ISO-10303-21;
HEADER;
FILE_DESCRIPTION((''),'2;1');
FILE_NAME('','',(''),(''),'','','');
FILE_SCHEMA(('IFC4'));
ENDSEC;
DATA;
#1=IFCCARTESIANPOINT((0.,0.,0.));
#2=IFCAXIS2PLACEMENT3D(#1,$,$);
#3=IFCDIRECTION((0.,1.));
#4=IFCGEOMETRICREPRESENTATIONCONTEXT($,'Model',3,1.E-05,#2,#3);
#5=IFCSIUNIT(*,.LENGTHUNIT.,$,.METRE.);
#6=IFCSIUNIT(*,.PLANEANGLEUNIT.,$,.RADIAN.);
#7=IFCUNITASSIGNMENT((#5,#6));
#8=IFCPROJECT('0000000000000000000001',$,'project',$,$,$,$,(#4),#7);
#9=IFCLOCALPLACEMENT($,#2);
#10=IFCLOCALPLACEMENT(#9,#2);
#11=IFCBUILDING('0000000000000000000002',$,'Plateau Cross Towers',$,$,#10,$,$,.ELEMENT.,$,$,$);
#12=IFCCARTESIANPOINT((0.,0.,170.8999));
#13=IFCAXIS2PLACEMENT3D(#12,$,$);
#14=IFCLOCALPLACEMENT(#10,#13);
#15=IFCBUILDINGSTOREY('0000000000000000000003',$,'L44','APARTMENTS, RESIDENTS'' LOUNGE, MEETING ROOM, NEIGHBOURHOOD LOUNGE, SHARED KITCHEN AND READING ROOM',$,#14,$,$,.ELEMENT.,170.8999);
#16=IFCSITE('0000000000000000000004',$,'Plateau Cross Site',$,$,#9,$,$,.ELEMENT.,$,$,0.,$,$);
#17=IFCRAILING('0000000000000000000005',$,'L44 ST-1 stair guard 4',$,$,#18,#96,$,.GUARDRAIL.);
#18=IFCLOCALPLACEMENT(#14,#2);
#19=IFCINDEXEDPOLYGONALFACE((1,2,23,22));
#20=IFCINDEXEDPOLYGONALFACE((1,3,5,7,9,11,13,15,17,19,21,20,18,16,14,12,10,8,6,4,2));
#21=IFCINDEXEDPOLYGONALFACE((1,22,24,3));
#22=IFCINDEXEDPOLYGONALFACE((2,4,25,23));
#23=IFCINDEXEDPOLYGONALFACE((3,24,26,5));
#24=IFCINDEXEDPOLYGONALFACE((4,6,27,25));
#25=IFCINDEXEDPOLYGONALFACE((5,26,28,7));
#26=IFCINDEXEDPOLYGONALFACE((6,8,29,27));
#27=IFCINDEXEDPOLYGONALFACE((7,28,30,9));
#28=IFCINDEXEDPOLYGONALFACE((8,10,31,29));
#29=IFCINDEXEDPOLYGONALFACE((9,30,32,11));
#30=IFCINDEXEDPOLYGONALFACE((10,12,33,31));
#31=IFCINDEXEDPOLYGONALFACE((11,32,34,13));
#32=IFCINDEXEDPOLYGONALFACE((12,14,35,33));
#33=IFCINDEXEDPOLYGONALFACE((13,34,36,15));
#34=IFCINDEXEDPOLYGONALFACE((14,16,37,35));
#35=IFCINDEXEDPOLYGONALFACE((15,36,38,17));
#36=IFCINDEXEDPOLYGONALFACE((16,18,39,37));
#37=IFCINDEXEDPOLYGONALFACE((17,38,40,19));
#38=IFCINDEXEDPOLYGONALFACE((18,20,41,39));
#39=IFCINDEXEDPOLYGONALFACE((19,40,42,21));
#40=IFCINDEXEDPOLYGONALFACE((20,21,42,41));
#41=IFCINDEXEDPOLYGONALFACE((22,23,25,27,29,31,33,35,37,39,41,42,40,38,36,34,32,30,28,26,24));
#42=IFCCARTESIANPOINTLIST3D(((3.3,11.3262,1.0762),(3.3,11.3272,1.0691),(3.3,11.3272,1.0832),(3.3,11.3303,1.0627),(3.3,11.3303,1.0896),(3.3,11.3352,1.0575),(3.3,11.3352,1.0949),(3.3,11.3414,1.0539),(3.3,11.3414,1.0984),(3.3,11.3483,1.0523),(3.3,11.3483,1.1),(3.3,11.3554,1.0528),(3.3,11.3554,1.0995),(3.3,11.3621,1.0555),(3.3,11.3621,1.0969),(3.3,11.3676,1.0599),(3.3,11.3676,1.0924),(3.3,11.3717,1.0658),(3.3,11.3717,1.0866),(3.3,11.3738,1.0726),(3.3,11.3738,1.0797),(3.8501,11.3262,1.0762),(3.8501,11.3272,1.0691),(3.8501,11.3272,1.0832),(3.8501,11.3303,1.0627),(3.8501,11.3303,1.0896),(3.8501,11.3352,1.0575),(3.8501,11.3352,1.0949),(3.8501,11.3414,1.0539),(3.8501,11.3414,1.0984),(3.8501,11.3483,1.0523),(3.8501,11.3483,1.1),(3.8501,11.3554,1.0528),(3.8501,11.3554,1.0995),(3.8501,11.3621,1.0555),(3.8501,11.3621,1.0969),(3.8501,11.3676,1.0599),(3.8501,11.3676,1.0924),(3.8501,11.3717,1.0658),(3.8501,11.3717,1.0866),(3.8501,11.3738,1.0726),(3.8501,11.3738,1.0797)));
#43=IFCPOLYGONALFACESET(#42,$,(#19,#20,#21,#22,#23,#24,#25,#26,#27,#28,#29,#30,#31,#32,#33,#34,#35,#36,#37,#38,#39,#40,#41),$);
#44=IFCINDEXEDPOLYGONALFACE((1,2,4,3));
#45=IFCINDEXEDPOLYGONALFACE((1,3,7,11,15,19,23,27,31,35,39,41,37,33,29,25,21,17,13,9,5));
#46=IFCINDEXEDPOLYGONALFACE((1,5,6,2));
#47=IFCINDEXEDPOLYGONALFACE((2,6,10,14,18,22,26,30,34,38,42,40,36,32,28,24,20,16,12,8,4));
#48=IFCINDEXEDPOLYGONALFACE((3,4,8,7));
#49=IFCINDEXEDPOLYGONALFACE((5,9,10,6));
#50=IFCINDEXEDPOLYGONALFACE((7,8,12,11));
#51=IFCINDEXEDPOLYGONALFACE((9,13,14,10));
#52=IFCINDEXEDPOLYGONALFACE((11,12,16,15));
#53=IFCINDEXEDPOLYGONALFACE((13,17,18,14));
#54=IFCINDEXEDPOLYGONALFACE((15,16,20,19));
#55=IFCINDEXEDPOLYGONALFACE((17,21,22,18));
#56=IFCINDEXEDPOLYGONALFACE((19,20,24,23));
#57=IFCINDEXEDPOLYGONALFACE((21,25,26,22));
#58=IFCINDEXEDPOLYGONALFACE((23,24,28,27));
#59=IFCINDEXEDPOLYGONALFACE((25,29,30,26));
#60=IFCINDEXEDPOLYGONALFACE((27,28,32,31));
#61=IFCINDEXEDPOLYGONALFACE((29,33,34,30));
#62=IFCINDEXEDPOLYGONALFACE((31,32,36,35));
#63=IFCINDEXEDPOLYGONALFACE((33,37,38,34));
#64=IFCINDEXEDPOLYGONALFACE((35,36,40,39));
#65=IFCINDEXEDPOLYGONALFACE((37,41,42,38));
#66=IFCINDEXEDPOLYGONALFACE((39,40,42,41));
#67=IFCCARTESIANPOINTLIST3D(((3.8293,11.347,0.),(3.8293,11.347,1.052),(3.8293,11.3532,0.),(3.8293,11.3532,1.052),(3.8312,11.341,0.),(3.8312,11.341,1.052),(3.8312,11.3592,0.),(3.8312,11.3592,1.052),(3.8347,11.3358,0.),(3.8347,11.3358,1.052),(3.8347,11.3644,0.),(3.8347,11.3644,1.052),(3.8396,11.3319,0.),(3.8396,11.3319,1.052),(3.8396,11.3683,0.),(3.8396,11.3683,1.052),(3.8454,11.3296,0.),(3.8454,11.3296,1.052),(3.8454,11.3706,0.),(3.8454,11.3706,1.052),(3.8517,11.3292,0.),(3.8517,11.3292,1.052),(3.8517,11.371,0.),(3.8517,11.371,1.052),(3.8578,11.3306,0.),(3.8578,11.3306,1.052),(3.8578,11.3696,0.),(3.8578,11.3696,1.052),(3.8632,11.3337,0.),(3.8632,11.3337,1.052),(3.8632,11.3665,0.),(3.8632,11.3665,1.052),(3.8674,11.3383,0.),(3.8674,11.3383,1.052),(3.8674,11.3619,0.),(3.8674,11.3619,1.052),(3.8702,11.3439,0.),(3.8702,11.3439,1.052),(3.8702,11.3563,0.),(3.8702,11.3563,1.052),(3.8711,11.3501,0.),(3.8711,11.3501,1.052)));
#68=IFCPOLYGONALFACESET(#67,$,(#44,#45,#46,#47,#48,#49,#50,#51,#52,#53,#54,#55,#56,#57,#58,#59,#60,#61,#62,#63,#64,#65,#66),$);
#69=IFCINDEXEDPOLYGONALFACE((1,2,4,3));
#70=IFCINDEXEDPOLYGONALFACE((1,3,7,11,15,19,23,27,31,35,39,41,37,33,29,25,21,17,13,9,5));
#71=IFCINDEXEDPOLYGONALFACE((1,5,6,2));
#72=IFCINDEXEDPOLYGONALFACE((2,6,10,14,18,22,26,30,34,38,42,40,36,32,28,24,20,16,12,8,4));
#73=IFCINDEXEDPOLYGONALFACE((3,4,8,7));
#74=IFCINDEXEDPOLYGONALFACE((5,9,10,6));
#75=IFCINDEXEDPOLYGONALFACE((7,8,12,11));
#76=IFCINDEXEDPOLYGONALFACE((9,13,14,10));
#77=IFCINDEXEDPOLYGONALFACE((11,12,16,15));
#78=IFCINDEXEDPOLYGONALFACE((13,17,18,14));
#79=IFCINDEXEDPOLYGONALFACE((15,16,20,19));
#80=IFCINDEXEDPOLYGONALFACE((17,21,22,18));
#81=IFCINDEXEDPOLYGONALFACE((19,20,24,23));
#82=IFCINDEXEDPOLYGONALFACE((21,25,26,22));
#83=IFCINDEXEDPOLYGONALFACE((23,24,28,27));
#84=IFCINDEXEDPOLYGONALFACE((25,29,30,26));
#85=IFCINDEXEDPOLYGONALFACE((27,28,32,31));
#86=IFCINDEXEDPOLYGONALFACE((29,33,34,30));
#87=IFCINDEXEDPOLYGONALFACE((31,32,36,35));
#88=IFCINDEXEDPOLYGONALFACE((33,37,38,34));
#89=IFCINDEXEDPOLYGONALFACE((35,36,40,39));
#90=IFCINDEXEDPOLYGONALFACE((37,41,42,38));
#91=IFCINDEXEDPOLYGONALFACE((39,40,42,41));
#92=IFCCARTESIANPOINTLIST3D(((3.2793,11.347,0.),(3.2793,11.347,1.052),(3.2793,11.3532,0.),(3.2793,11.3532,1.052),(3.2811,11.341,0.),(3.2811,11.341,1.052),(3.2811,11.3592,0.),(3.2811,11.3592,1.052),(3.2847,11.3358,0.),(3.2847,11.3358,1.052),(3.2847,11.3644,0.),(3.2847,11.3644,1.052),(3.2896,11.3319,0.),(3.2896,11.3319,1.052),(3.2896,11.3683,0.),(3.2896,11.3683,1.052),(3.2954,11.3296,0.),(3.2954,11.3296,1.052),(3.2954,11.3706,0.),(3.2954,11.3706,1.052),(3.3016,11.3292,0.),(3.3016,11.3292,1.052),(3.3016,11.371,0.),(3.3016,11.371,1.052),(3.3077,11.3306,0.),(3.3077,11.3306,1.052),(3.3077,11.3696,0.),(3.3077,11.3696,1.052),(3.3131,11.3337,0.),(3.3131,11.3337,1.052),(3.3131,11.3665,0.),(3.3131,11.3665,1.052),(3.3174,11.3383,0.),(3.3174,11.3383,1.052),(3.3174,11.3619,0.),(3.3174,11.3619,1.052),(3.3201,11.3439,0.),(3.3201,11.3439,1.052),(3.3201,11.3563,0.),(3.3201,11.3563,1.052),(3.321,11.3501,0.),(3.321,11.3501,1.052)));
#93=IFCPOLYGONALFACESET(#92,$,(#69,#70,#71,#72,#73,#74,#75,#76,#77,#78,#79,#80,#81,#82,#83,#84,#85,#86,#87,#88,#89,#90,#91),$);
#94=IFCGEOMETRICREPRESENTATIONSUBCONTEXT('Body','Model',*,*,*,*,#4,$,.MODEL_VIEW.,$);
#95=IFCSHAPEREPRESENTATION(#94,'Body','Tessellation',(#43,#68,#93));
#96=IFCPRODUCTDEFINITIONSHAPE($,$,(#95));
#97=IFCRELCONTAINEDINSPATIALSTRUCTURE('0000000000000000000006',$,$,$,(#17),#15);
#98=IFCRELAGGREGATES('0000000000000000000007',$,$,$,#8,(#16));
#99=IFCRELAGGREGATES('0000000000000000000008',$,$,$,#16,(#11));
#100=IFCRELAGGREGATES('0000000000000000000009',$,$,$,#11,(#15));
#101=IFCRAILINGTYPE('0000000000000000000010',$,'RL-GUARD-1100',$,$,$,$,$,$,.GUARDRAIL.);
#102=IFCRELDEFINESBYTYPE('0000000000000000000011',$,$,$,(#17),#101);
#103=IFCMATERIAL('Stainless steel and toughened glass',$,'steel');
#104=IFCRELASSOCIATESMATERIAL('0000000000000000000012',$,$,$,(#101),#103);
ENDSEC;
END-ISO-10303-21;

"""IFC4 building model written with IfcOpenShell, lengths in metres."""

from ifc_helpers import new_model, si_unit, direction, frame, origin, origin_2d, place, context, subcontext, project, spatial, circle, extrude, material, type_object, element, save


model = new_model("IFC4")

# Units and contexts
model_context = context("Model", 3, precision=1e-05, world=origin(), true_north=direction((0.0, 1.0)))
body_context = subcontext(model_context, "Body", "Model", "MODEL_VIEW")
ifc_project = project(units=[si_unit("LENGTHUNIT", "METRE"), si_unit("PLANEANGLEUNIT", "RADIAN")], contexts=[model_context])

# Site, building, storey
site_placement = place(None, origin())
site = spatial("IfcSite", under=ifc_project, at=site_placement, Name="Plateau Cross Site", CompositionType="ELEMENT", RefElevation=0.0)
building_placement = place(site_placement, origin())
building = spatial("IfcBuilding", under=site, at=building_placement, Name="Plateau Cross Towers", CompositionType="ELEMENT")
storey_placement = place(building_placement, frame((0.0, 0.0, 170.8999)))
storey = spatial("IfcBuildingStorey", under=building, at=storey_placement, Name="L44", Description="APARTMENTS, RESIDENTS' LOUNGE, MEETING ROOM, NEIGHBOURHOOD LOUNGE, SHARED KITCHEN AND READING ROOM", CompositionType="ELEMENT", Elevation=170.8999)

# Railing
ifc_material_1 = material(Name="Stainless steel and toughened glass", Category="steel")
railing_type_1 = type_object("IfcRailingType", Name="RL-GUARD-1100", PredefinedType="GUARDRAIL", material=ifc_material_1)
railing_1_placement = place(storey_placement, frame((3.8501, 11.3501, 0.0)))
element("IfcRailing", 1, at=railing_1_placement, inside=storey, type_object=railing_type_1, Name="L44 ST-1 stair guard 4", PredefinedType="GUARDRAIL", context=body_context, shape_type="SweptSolid", body=[
    extrude(circle(Radius=0.0239, at=origin_2d()), frame((0.0, 0.0, 1.0762), z_axis=(-1.0, 0.0, 0.0), x_axis=(0.0, -1.0, 0.0)), (0.0, 0.0, 1.0), 0.55),
    extrude(circle(Radius=0.021, at=origin_2d()), origin(), (0.0, 0.0, 1.0), 1.052),
    extrude(circle(Radius=0.021, at=origin_2d()), frame((-0.55, 0.0, 0.0)), (0.0, 0.0, 1.0), 1.052),
])

save(model, "model.ifc")
